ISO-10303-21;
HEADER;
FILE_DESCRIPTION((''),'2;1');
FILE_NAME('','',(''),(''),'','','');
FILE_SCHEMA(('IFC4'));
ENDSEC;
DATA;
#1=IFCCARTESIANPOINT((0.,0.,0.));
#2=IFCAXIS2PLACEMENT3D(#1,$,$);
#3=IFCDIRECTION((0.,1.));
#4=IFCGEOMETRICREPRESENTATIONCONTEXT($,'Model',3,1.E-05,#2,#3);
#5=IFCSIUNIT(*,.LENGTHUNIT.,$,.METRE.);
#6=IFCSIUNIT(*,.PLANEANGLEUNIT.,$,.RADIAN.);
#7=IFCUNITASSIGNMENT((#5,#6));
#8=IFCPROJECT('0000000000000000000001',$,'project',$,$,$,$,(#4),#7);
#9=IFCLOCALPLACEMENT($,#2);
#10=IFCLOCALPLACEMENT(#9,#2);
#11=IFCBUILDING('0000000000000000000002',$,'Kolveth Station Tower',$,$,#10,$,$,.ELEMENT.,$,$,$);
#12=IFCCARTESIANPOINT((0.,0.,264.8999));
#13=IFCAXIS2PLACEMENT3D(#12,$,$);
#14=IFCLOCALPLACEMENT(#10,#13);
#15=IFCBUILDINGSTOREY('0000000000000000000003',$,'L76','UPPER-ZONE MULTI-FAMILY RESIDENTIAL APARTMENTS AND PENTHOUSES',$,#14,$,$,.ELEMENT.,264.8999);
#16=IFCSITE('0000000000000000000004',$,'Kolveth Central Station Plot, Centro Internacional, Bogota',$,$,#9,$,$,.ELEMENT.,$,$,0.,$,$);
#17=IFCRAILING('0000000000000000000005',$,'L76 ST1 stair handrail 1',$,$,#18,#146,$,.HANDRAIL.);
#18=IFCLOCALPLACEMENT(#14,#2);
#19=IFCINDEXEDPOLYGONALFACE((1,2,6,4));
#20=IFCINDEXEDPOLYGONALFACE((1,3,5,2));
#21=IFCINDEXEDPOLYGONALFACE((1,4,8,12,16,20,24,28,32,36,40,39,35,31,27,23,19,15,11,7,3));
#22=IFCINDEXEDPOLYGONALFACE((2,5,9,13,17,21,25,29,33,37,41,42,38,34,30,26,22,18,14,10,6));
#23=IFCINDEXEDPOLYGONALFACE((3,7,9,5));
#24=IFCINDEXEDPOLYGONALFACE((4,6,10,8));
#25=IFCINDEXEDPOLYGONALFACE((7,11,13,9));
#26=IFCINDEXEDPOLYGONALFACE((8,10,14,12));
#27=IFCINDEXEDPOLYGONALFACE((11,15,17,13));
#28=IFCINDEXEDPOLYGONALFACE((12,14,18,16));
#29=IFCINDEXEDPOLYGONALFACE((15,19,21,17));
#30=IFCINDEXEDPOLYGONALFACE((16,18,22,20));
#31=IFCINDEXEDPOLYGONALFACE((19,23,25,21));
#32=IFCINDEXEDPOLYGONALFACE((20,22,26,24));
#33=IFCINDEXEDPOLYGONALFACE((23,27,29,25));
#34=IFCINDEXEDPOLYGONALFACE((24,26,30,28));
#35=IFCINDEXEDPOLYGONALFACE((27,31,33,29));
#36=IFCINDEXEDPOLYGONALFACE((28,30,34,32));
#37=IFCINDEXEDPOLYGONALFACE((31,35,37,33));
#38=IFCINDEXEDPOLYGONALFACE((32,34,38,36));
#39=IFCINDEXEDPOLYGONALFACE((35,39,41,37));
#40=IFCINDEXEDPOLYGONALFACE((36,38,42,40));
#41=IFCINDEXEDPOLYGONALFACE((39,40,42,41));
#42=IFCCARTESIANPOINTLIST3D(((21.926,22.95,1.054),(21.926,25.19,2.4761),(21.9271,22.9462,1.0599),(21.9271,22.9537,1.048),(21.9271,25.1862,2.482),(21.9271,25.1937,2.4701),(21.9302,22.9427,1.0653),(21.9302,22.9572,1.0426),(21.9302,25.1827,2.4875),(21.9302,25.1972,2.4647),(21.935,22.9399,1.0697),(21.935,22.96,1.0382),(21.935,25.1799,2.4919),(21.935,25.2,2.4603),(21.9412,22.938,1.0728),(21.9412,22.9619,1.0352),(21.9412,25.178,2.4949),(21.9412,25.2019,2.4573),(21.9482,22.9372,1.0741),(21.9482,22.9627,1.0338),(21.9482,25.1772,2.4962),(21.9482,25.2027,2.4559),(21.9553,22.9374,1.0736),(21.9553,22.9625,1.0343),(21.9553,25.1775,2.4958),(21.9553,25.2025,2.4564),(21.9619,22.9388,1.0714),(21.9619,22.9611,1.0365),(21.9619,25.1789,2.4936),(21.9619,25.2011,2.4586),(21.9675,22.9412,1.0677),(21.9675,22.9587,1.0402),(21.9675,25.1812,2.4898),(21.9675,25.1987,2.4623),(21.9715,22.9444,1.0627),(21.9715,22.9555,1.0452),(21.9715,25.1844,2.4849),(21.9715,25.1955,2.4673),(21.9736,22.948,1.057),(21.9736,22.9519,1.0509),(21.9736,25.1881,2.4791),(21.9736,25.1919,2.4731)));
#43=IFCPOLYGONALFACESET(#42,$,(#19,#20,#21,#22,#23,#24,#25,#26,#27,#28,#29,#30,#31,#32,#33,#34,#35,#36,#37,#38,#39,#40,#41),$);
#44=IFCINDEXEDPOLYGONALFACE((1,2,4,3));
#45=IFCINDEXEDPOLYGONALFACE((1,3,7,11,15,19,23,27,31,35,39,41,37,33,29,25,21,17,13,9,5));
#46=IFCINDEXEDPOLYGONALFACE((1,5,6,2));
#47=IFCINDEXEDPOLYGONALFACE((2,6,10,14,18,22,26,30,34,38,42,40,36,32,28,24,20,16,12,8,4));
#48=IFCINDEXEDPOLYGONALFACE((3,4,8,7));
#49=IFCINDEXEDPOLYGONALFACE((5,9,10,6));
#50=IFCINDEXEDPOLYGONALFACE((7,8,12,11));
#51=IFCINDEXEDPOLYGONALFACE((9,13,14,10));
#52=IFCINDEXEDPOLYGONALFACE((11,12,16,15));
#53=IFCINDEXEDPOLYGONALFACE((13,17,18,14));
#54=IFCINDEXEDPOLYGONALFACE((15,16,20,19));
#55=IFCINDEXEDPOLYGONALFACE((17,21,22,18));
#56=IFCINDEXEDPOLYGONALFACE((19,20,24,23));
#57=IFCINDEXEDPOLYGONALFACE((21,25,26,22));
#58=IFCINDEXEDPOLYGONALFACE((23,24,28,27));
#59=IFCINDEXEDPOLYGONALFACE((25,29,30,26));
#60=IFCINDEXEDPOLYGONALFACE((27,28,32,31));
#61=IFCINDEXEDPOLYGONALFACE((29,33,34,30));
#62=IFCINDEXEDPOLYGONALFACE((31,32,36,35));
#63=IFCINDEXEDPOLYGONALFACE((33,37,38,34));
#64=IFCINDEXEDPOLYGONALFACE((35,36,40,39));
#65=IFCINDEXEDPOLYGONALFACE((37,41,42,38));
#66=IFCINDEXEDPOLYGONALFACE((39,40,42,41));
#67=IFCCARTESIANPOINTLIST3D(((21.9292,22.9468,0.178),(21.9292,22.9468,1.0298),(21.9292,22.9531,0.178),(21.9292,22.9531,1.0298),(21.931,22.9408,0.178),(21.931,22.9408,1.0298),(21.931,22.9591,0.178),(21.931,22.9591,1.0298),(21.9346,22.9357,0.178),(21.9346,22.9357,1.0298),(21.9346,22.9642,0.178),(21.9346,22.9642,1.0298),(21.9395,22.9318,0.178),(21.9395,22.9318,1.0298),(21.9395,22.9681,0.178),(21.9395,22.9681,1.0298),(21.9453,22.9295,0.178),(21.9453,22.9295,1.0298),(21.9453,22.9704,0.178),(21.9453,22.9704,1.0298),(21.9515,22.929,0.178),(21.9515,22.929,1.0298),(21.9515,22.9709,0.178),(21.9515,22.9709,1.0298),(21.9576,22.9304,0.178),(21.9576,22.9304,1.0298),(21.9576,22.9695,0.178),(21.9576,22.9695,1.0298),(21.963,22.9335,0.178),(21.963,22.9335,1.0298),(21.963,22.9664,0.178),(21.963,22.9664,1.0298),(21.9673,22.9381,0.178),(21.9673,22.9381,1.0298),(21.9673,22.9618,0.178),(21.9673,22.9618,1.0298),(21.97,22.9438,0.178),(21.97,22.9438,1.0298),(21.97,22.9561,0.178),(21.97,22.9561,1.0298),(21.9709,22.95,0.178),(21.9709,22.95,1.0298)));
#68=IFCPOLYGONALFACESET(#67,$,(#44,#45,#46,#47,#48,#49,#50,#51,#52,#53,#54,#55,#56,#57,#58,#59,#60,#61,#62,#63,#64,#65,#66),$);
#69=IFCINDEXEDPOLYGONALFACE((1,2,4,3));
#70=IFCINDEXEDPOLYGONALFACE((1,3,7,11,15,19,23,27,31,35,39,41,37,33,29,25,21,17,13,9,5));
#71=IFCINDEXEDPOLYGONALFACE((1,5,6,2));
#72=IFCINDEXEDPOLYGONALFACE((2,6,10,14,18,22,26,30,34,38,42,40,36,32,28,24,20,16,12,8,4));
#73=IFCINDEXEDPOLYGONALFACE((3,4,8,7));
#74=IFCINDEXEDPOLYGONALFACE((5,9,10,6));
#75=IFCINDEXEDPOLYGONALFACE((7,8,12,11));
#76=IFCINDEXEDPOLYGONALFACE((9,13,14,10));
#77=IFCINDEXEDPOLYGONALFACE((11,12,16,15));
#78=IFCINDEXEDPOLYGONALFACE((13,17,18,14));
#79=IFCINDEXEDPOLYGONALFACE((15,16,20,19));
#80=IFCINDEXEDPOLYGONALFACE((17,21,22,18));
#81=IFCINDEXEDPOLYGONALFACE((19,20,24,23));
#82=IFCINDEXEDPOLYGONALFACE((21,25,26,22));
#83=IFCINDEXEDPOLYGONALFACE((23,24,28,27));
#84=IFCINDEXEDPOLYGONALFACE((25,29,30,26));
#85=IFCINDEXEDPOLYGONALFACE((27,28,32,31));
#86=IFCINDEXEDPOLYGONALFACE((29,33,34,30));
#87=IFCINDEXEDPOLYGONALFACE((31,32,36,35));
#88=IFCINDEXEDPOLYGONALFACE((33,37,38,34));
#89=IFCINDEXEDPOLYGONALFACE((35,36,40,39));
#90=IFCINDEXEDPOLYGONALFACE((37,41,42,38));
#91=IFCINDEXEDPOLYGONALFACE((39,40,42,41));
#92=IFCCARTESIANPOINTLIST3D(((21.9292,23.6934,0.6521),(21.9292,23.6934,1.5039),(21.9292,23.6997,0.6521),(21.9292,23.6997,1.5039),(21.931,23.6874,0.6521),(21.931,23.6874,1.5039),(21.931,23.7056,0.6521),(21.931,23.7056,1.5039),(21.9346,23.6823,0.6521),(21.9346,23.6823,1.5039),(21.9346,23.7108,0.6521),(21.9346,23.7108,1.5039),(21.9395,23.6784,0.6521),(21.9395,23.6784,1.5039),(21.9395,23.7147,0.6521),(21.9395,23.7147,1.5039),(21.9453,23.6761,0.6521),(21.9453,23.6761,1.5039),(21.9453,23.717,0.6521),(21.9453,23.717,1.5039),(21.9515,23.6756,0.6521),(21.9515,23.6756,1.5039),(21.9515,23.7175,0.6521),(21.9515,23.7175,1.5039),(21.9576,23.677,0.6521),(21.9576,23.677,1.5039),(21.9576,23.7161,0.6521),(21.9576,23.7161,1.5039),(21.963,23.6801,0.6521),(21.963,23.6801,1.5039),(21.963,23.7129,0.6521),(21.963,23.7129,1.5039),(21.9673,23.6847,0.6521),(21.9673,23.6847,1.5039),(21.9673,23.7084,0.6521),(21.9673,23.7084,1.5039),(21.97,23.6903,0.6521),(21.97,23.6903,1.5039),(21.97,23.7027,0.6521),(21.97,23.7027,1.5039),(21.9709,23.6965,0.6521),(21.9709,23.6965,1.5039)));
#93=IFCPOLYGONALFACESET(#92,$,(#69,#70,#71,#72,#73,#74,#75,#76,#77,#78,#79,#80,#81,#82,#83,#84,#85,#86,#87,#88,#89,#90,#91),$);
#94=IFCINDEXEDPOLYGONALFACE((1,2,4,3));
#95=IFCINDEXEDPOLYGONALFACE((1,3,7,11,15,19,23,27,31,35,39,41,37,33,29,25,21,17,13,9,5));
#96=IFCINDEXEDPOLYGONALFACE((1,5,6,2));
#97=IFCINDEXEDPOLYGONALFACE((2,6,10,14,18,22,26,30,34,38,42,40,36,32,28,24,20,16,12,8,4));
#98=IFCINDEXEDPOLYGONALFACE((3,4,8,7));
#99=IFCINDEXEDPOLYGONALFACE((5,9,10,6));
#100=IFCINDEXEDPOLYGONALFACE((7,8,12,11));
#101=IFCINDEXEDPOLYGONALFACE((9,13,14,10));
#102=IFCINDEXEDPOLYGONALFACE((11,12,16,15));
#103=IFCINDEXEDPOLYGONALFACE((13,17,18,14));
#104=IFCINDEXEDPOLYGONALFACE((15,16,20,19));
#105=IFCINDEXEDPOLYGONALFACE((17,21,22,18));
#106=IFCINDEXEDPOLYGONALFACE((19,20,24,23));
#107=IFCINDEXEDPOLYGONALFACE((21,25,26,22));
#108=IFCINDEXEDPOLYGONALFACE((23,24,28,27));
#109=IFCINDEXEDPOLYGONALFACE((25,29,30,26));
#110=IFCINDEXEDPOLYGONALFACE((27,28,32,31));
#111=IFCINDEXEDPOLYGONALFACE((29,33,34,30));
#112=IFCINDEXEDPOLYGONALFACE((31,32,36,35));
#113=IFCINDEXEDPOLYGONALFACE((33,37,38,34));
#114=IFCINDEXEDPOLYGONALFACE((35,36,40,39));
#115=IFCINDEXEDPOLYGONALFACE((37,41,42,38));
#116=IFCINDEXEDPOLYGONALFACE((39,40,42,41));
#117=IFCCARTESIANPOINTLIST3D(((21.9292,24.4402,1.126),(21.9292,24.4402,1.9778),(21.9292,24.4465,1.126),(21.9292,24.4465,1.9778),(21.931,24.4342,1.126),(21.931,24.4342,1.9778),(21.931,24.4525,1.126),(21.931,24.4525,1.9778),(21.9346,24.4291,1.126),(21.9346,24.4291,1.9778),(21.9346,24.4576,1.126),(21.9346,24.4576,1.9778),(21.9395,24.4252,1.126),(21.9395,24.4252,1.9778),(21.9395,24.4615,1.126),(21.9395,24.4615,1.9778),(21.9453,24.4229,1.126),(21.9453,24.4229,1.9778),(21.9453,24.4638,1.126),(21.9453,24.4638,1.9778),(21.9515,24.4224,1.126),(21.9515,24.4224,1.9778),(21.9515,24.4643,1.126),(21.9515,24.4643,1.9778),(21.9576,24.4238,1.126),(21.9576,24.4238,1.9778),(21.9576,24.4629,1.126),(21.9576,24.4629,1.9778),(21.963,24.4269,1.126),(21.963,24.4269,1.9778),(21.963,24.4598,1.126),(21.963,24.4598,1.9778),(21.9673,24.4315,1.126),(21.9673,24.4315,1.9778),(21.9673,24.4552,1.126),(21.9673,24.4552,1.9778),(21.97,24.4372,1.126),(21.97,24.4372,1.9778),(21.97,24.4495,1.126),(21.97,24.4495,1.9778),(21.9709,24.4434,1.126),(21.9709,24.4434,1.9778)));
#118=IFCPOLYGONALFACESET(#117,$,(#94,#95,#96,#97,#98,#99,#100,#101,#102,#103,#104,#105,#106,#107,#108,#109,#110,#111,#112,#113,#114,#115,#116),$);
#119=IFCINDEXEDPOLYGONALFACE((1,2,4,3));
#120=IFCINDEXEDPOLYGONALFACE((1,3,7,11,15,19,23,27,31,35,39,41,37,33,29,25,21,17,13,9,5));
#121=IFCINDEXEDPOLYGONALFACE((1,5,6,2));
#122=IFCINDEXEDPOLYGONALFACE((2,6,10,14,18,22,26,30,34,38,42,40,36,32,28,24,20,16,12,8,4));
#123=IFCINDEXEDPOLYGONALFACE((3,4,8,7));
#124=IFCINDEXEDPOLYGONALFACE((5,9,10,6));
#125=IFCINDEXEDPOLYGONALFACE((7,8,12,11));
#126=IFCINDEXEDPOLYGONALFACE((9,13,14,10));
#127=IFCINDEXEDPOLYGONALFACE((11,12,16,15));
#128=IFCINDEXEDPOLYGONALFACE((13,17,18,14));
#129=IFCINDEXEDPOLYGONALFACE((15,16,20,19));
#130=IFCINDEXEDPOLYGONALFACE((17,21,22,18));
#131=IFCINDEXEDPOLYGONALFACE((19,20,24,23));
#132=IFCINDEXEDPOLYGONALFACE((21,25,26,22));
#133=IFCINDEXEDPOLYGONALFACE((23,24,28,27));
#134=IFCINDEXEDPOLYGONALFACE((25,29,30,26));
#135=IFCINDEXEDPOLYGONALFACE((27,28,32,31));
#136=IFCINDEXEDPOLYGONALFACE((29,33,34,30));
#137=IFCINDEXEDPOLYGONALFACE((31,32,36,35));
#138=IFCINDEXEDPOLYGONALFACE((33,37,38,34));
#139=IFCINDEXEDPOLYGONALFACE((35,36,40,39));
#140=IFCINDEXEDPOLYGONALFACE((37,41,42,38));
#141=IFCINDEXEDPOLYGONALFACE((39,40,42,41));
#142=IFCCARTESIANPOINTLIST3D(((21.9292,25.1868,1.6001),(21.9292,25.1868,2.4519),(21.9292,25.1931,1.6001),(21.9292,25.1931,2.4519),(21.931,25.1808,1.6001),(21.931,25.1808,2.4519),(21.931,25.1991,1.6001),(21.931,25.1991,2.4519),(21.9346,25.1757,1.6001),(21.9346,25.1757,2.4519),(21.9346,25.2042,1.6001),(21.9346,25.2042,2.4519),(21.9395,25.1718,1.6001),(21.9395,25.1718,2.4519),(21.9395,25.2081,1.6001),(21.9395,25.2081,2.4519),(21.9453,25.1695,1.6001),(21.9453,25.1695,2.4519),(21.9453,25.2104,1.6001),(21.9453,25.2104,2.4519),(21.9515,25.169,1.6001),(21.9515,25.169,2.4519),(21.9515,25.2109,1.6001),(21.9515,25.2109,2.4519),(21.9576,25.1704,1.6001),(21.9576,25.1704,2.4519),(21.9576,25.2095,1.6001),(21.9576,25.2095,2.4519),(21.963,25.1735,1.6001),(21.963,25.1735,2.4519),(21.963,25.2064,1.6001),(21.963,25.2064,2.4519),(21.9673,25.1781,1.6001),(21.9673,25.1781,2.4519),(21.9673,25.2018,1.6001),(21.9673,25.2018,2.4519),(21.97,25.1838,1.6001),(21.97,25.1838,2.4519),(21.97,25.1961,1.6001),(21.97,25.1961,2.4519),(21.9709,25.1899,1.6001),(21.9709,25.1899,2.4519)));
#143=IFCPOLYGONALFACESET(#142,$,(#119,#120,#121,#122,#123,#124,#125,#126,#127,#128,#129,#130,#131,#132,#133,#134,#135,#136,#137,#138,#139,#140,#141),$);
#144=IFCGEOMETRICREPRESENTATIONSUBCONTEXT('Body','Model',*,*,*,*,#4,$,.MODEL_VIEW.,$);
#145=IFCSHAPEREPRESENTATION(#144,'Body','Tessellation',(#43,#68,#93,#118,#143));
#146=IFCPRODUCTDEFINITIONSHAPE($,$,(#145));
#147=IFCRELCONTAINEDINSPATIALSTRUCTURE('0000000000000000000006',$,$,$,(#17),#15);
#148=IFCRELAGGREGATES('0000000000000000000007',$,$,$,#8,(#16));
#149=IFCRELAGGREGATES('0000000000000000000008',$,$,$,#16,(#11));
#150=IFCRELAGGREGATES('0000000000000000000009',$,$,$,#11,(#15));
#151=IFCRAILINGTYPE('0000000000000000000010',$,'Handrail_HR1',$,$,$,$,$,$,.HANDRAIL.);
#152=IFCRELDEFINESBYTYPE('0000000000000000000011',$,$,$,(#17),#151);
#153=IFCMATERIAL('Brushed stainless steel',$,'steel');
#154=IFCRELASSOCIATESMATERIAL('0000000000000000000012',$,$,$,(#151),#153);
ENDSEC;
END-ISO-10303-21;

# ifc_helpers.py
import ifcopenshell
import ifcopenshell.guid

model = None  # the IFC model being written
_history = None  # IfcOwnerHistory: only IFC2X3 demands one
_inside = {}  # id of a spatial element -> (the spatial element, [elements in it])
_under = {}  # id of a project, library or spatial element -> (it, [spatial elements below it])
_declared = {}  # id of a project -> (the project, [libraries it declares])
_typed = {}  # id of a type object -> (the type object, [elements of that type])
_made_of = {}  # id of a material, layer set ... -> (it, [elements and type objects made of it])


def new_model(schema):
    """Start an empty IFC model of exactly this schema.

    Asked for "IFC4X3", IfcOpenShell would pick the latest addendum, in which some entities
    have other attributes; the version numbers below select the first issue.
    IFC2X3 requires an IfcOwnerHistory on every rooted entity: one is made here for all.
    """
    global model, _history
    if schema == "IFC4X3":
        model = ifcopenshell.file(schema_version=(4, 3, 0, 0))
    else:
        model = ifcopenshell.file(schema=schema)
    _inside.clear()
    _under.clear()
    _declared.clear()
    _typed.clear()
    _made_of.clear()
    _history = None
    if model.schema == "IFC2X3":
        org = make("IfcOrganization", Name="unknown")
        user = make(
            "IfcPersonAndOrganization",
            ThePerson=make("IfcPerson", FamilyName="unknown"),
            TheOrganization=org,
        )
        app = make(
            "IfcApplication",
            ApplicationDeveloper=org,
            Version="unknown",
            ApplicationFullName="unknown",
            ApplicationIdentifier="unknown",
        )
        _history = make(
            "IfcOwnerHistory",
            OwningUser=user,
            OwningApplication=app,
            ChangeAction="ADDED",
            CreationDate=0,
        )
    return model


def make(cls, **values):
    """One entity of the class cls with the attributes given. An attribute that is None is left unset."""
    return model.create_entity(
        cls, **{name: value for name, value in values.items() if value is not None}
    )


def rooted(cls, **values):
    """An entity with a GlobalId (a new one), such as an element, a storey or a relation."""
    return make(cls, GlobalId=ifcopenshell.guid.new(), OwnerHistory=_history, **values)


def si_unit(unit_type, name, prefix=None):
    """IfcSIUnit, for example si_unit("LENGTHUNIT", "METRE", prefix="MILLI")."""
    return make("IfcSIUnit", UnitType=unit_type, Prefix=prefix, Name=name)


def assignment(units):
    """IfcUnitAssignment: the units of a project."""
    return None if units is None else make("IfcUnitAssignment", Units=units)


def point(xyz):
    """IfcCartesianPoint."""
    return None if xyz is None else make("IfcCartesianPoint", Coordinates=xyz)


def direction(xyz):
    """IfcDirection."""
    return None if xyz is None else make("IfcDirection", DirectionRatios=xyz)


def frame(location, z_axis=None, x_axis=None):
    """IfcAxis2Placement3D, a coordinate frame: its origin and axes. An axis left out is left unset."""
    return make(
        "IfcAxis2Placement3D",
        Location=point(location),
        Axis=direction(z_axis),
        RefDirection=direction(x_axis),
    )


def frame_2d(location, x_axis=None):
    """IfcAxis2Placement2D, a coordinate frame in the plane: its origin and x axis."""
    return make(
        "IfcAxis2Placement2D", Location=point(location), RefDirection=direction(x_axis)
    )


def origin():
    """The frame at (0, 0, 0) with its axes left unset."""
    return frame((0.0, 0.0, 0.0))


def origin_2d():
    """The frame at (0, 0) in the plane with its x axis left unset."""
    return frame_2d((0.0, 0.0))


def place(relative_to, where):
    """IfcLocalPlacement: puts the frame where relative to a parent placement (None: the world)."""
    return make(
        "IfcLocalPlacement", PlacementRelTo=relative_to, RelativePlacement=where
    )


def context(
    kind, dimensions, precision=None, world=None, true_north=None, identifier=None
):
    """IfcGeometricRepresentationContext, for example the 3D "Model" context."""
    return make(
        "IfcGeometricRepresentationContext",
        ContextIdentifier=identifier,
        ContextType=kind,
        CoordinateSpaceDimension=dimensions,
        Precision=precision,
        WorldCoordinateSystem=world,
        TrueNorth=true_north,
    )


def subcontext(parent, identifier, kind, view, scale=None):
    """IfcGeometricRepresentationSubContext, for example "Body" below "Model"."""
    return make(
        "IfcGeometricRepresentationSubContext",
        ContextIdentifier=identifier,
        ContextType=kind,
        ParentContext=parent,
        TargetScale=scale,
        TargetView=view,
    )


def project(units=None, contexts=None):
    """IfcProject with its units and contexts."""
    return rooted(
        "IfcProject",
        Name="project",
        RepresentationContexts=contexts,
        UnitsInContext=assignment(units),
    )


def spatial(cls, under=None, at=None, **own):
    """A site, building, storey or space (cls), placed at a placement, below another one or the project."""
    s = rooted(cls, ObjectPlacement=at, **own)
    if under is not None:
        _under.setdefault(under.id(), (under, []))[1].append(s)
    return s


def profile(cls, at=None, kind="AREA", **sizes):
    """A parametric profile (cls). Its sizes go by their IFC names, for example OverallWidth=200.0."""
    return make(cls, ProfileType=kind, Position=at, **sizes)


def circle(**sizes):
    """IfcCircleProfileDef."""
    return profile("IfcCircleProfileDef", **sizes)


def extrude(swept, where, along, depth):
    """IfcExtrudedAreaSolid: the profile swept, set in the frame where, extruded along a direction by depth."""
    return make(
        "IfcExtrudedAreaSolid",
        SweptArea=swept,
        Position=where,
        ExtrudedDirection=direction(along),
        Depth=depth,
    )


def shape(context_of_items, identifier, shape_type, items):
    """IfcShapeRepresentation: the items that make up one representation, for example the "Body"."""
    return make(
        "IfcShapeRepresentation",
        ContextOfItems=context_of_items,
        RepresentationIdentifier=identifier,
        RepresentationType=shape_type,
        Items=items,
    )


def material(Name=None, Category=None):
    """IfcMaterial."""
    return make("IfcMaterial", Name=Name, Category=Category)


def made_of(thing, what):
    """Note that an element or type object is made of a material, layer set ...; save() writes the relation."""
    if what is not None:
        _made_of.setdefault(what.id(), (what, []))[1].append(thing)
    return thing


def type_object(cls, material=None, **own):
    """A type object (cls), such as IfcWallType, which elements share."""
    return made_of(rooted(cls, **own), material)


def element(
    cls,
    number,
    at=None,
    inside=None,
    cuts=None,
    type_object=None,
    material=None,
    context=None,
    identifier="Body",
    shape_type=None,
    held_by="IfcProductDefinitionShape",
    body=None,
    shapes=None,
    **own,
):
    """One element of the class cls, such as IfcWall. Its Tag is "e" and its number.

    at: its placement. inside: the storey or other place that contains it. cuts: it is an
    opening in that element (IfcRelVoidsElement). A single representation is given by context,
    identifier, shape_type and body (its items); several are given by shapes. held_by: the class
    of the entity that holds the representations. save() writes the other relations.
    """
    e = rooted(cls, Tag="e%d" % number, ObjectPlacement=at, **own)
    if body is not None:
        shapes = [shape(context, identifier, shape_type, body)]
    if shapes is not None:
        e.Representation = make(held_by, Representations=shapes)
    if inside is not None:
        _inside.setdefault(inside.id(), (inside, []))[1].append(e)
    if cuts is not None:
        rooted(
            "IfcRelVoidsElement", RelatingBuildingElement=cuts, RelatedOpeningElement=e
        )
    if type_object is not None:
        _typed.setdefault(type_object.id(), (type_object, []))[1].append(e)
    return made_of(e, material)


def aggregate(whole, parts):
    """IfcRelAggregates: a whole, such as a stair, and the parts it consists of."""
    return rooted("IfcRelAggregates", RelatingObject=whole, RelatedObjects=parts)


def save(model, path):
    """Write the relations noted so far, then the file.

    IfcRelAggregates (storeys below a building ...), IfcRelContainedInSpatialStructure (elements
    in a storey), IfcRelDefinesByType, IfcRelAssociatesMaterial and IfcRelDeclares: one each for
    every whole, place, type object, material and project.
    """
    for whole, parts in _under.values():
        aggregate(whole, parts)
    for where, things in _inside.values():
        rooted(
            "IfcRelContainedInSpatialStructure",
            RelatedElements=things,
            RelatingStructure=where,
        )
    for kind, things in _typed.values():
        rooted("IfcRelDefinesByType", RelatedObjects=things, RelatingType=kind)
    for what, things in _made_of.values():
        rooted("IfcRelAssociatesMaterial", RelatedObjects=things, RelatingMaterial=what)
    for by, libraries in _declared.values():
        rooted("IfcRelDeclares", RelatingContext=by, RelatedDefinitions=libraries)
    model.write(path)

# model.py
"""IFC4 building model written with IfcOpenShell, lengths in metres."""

from ifc_helpers import new_model, si_unit, direction, frame, origin, origin_2d, place, context, subcontext, project, spatial, circle, extrude, material, type_object, element, save


model = new_model("IFC4")

# Units and contexts
model_context = context("Model", 3, precision=1e-05, world=origin(), true_north=direction((0.0, 1.0)))
body_context = subcontext(model_context, "Body", "Model", "MODEL_VIEW")
ifc_project = project(units=[si_unit("LENGTHUNIT", "METRE"), si_unit("PLANEANGLEUNIT", "RADIAN")], contexts=[model_context])

# Site, building, storey
site_placement = place(None, origin())
site = spatial("IfcSite", under=ifc_project, at=site_placement, Name="Kolveth Central Station Plot, Centro Internacional, Bogota", CompositionType="ELEMENT", RefElevation=0.0)
building_placement = place(site_placement, origin())
building = spatial("IfcBuilding", under=site, at=building_placement, Name="Kolveth Station Tower", CompositionType="ELEMENT")
storey_placement = place(building_placement, frame((0.0, 0.0, 264.8999)))
storey = spatial("IfcBuildingStorey", under=building, at=storey_placement, Name="L76", Description="UPPER-ZONE MULTI-FAMILY RESIDENTIAL APARTMENTS AND PENTHOUSES", CompositionType="ELEMENT", Elevation=264.8999)

# Railing
ifc_material_1 = material(Name="Brushed stainless steel", Category="steel")
railing_type_1 = type_object("IfcRailingType", Name="Handrail_HR1", PredefinedType="HANDRAIL", material=ifc_material_1)
railing_1_placement = place(storey_placement, frame((21.95, 22.95, 0.178)))
element("IfcRailing", 1, at=railing_1_placement, inside=storey, type_object=railing_type_1, Name="L76 ST1 stair handrail 1", PredefinedType="HANDRAIL", context=body_context, shape_type="SweptSolid", body=[
    extrude(circle(Radius=0.0239, at=origin_2d()), frame((0.0, 0.0, 0.876), z_axis=(0.0, 0.844229, 0.535982), x_axis=(-1.0, 0.0, 0.0)), (0.0, 0.0, 1.0), 2.6533),
    extrude(circle(Radius=0.021, at=origin_2d()), origin(), (0.0, 0.0, 1.0), 0.8518),
    extrude(circle(Radius=0.021, at=origin_2d()), frame((0.0, 0.7466, 0.4741)), (0.0, 0.0, 1.0), 0.8518),
    extrude(circle(Radius=0.021, at=origin_2d()), frame((0.0, 1.4934, 0.948)), (0.0, 0.0, 1.0), 0.8518),
    extrude(circle(Radius=0.021, at=origin_2d()), frame((0.0, 2.24, 1.4221)), (0.0, 0.0, 1.0), 0.8518),
])

save(model, "model.ifc")
